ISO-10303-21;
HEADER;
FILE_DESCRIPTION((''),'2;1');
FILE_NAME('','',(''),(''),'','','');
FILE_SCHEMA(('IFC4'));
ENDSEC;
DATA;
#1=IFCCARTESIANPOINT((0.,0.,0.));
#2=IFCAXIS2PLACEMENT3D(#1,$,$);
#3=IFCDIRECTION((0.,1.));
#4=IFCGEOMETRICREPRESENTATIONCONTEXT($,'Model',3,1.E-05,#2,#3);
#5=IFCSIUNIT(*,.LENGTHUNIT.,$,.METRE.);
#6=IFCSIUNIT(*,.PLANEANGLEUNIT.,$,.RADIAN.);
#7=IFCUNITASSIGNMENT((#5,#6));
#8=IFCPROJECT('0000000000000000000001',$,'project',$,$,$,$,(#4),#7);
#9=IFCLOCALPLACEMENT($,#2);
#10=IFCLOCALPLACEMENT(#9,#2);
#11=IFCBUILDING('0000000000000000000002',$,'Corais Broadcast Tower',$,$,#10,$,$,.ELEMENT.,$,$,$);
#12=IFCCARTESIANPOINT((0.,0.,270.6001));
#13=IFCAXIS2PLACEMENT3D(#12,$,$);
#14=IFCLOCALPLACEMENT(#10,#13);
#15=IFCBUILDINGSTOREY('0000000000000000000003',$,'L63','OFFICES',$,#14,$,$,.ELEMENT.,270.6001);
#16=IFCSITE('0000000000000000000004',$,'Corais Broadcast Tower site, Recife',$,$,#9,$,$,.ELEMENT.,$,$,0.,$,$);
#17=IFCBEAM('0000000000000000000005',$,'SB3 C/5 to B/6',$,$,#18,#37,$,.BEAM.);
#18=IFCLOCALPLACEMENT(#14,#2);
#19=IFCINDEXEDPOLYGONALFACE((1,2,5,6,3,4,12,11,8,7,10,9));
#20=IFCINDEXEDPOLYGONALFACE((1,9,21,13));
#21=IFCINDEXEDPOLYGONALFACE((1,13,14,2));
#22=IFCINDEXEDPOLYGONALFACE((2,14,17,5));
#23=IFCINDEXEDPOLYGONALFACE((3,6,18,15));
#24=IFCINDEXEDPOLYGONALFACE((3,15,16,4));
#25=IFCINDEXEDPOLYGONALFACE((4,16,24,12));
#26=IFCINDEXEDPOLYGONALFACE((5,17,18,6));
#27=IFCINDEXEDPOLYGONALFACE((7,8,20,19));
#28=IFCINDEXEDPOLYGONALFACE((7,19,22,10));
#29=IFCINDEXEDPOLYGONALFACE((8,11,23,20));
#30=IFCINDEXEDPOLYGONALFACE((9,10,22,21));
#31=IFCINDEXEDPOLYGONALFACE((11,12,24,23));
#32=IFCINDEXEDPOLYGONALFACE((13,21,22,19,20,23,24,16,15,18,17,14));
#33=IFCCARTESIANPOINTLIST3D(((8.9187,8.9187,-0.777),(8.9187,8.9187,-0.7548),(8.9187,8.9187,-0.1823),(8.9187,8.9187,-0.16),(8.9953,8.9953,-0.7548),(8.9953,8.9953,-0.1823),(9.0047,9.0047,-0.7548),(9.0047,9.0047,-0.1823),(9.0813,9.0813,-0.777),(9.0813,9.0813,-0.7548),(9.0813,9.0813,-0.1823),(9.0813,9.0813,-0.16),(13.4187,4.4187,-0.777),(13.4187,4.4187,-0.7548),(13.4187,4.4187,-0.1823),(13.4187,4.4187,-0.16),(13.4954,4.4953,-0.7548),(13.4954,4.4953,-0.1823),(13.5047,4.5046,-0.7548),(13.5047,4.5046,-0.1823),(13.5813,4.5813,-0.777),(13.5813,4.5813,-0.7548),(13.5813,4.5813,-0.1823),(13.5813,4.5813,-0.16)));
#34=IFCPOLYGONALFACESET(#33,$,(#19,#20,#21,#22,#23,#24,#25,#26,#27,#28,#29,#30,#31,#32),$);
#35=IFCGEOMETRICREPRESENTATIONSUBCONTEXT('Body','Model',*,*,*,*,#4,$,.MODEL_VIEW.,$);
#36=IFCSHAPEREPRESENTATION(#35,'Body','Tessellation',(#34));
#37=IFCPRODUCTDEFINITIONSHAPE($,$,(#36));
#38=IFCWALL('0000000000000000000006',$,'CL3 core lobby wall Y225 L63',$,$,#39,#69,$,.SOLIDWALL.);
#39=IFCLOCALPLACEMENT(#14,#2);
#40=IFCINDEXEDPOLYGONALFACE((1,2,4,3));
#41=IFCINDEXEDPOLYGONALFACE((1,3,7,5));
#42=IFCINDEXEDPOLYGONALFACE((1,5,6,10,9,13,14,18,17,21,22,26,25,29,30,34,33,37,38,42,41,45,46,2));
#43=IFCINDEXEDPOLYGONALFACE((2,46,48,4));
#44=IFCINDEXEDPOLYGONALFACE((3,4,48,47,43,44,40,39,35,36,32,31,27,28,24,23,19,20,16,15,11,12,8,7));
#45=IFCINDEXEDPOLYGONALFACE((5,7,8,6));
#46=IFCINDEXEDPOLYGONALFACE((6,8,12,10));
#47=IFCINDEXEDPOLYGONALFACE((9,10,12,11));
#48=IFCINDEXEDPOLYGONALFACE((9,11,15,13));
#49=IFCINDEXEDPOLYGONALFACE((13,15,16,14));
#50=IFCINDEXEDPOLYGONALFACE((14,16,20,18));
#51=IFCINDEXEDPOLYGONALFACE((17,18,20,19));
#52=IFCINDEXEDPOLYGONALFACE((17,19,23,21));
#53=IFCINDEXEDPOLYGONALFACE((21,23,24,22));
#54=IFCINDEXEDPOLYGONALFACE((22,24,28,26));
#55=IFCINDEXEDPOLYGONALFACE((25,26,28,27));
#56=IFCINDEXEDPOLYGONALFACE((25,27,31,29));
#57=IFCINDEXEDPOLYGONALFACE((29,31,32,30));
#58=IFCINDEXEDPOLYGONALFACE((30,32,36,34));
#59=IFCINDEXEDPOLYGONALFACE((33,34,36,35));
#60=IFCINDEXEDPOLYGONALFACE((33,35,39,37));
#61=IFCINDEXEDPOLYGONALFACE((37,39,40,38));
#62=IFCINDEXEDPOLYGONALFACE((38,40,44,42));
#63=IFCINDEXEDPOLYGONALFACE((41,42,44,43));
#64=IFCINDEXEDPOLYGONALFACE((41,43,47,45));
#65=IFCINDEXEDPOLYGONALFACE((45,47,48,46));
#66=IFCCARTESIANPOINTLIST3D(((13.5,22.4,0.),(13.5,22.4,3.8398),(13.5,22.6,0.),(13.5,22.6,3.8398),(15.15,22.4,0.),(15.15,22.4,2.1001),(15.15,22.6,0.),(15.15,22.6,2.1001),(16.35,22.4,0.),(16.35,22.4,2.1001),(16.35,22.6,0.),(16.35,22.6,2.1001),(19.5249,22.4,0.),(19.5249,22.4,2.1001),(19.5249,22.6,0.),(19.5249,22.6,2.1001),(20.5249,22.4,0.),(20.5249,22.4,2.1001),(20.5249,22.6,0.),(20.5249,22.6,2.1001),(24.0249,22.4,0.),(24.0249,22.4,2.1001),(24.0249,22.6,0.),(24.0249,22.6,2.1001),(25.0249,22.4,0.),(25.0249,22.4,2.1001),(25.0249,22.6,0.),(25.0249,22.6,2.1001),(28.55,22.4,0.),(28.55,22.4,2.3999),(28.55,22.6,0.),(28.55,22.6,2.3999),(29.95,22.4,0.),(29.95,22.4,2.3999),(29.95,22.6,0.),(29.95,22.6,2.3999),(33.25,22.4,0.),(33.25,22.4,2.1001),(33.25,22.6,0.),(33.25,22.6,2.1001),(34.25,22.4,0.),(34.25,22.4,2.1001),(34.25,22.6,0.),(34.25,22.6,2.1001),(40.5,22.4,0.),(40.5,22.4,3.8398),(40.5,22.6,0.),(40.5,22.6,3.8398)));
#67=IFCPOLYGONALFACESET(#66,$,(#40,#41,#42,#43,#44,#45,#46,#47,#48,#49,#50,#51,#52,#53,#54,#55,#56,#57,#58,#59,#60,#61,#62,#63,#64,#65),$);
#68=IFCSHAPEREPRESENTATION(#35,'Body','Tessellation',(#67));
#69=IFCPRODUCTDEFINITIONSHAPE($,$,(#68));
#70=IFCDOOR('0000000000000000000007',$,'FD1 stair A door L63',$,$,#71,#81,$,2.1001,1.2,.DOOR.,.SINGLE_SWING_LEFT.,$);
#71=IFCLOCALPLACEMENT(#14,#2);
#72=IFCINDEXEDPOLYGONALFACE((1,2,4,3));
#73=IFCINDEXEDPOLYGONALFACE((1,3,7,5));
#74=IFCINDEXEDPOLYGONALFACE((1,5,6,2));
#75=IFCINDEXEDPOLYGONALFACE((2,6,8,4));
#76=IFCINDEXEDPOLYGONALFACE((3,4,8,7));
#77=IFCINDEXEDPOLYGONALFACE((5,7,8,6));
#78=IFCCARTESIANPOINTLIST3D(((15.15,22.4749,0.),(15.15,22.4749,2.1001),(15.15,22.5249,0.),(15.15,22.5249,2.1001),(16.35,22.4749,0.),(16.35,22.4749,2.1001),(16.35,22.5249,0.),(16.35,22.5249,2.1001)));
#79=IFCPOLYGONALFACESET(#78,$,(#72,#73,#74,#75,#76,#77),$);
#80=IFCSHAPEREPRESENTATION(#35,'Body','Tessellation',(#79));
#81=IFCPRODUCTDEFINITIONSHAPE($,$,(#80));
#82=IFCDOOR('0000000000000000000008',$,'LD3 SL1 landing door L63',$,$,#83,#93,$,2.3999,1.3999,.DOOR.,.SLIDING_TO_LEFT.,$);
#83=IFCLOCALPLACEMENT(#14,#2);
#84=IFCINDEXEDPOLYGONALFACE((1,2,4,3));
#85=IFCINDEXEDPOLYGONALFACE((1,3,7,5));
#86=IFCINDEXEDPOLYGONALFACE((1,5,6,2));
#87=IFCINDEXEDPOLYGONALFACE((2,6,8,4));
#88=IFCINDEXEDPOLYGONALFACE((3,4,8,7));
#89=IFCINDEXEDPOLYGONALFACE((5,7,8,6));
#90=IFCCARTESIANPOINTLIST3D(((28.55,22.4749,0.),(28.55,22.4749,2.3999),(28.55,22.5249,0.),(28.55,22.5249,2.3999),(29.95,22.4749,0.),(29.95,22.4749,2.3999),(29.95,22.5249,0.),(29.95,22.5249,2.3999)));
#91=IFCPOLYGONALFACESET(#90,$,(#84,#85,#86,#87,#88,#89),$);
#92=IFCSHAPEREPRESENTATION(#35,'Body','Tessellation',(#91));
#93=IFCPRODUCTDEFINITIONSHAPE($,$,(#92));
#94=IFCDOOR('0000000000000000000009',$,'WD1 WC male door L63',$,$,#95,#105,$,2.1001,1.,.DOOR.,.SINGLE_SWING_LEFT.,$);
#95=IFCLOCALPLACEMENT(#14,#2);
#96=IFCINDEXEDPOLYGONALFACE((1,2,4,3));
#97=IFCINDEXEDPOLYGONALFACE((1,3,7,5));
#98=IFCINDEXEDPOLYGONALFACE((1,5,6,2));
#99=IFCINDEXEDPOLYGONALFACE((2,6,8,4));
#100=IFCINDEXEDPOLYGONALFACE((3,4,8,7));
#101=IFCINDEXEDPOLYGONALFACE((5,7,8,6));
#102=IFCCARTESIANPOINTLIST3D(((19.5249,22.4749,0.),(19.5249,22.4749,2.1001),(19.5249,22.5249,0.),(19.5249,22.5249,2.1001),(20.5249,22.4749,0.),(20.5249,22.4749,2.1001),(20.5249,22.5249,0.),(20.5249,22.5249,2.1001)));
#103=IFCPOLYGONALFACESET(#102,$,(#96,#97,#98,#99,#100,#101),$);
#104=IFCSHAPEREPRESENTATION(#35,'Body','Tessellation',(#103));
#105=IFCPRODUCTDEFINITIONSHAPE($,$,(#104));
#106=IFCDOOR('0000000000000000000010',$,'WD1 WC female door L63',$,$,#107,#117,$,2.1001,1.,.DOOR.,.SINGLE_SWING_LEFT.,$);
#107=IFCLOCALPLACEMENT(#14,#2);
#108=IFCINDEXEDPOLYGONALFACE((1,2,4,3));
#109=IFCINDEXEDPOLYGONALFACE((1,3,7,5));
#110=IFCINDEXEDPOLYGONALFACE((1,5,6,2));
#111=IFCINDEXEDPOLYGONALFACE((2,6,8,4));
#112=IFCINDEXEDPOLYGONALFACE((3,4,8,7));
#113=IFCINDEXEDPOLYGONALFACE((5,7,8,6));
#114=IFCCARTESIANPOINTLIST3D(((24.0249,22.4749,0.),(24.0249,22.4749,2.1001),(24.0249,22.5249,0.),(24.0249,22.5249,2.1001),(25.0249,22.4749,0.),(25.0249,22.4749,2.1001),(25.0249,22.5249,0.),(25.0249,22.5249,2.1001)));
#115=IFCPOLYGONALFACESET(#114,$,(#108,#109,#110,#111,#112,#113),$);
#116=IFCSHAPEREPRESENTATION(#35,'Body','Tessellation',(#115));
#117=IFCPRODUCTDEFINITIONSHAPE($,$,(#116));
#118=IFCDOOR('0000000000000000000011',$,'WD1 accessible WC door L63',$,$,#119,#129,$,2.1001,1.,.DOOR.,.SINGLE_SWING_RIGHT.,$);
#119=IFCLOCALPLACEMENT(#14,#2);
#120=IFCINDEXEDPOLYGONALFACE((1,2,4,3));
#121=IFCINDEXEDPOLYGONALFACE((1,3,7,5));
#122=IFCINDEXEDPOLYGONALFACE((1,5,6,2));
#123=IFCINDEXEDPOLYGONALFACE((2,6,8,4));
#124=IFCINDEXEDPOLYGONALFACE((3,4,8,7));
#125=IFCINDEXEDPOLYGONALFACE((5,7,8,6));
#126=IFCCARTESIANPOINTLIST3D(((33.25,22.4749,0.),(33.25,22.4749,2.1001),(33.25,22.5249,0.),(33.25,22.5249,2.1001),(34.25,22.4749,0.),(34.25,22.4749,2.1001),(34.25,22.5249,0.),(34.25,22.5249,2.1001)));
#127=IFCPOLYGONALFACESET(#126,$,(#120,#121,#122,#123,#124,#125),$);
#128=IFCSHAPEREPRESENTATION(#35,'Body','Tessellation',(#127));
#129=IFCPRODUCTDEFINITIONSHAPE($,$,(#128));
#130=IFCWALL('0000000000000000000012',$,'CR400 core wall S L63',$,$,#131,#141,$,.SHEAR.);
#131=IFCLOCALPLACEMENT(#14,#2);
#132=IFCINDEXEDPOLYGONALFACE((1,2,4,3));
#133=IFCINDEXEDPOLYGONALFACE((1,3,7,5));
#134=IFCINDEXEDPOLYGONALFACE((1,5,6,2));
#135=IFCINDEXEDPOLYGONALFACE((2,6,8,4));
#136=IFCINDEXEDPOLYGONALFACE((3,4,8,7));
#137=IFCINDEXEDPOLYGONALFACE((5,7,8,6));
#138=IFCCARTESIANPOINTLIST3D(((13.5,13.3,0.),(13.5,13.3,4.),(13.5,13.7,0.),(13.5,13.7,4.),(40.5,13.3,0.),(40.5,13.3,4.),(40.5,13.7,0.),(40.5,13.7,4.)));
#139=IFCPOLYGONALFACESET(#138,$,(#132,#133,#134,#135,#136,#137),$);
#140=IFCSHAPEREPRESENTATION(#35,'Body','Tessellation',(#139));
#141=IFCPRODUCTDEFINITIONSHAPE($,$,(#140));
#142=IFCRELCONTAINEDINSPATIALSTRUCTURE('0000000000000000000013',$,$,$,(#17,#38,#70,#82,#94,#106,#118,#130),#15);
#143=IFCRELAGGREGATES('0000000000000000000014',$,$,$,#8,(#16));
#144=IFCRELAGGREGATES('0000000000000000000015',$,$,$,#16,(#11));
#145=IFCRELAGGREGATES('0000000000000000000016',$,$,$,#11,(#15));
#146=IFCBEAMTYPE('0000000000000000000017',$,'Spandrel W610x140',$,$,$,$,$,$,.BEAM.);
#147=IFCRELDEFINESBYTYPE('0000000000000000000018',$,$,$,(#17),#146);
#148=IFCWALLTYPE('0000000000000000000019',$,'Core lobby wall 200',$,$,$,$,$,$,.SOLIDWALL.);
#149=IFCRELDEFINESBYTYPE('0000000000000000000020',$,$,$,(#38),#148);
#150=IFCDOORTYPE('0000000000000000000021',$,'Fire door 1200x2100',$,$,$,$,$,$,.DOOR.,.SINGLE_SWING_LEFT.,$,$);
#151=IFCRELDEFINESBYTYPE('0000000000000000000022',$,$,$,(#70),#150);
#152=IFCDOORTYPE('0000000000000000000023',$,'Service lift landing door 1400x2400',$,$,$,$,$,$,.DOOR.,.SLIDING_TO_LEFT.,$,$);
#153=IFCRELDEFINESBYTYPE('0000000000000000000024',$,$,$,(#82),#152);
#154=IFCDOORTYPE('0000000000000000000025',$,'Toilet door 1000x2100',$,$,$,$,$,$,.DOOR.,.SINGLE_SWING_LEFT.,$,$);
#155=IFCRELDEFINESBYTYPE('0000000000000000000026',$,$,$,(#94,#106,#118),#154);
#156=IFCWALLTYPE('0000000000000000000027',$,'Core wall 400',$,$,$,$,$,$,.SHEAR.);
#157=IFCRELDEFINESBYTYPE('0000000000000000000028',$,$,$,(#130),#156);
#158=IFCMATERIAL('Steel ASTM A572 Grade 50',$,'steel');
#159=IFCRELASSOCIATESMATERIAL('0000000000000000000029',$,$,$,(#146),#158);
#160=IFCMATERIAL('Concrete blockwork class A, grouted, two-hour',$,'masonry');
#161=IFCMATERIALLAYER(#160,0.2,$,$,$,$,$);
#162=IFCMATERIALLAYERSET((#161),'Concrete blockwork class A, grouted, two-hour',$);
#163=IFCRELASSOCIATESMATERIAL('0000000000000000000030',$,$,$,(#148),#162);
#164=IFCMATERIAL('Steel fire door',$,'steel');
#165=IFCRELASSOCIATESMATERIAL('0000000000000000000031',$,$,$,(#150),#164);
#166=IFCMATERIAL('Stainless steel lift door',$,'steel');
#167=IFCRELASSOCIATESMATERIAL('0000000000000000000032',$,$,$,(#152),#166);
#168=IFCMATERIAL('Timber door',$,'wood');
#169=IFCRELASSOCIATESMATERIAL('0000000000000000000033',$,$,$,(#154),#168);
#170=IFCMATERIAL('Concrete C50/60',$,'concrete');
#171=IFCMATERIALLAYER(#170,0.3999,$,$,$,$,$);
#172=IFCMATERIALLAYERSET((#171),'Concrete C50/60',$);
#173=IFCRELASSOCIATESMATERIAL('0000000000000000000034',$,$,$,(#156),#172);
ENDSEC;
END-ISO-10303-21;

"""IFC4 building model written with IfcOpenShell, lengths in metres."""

from ifc_helpers import new_model, si_unit, direction, frame, frame_2d, origin, origin_2d, place, context, subcontext, project, spatial, rectangle, i_section, extrude, material, layer, layer_set, material_profile, profile_set, type_object, element, fill, save


model = new_model("IFC4")

# Units and contexts
model_context = context("Model", 3, precision=1e-05, world=origin(), true_north=direction((0.0, 1.0)))
body_context = subcontext(model_context, "Body", "Model", "MODEL_VIEW")
ifc_project = project(units=[si_unit("LENGTHUNIT", "METRE"), si_unit("PLANEANGLEUNIT", "RADIAN")], contexts=[model_context])

# Site, building, storey
site_placement = place(None, origin())
site = spatial("IfcSite", under=ifc_project, at=site_placement, Name="Corais Broadcast Tower site, Recife", CompositionType="ELEMENT", RefElevation=0.0)
building_placement = place(site_placement, origin())
building = spatial("IfcBuilding", under=site, at=building_placement, Name="Corais Broadcast Tower", CompositionType="ELEMENT")
storey_placement = place(building_placement, frame((0.0, 0.0, 270.6001)))
storey = spatial("IfcBuildingStorey", under=building, at=storey_placement, Name="L63", Description="OFFICES", CompositionType="ELEMENT", Elevation=270.6001)

# Beam
ifc_material_1 = material(Name="Steel ASTM A572 Grade 50", Category="steel")
ifc_material_profile = material_profile(ifc_material_1, i_section(OverallWidth=0.23, OverallDepth=0.6169, WebThickness=0.0132, FlangeThickness=0.0222, at=origin_2d()), Name="W610x140")
ifc_profile_set = profile_set([ifc_material_profile], Name="Steel ASTM A572 Grade 50")
beam_type = type_object("IfcBeamType", Name="Spandrel W610x140", PredefinedType="BEAM", material=ifc_profile_set)
beam_placement = place(storey_placement, frame((9.0, 9.0, -0.4685), z_axis=(0.707107, -0.707107, 0.0), x_axis=(0.707107, 0.707107, 0.0)))
element("IfcBeam", 1, at=beam_placement, inside=storey, type_object=beam_type, Name="SB3 C/5 to B/6", PredefinedType="BEAM", context=body_context, shape_type="SweptSolid", body=[
    extrude(i_section(OverallWidth=0.23, OverallDepth=0.6169, WebThickness=0.0132, FlangeThickness=0.0222, at=origin_2d()), origin(), (0.0, 0.0, 1.0), 6.364),
])

# Wall, openings, doors
ifc_material_2 = material(Name="Concrete blockwork class A, grouted, two-hour", Category="masonry")
ifc_layer_1 = layer(ifc_material_2, 0.2)
ifc_layer_set_1 = layer_set([ifc_layer_1], Name="Concrete blockwork class A, grouted, two-hour")
wall_type_1 = type_object("IfcWallType", Name="Core lobby wall 200", PredefinedType="SOLIDWALL", material=ifc_layer_set_1)
wall_1_placement = place(storey_placement, frame((13.5, 22.5, 0.0), z_axis=(0.0, 0.0, 1.0), x_axis=(1.0, 0.0, 0.0)))
wall_1 = element("IfcWall", 2, at=wall_1_placement, inside=storey, type_object=wall_type_1, Name="CL3 core lobby wall Y225 L63", PredefinedType="SOLIDWALL", context=body_context, shape_type="SweptSolid", body=[
    extrude(rectangle(XDim=27.0, YDim=0.2, at=frame_2d((13.5, 0.0))), origin(), (0.0, 0.0, 1.0), 3.8398),
])
opening_1_placement = place(wall_1_placement, frame((1.6499, 0.0, 0.0)))
opening_1 = element("IfcOpeningElement", 3, at=opening_1_placement, cuts=wall_1, PredefinedType="OPENING", context=body_context, shape_type="SweptSolid", body=[
    extrude(rectangle(XDim=1.2, YDim=2.1001, at=frame_2d((0.6001, 1.05))), frame((0.0, 0.1099, 0.0), z_axis=(0.0, -1.0, 0.0), x_axis=(1.0, 0.0, 0.0)), (0.0, 0.0, 1.0), 0.22),
])
opening_2_placement = place(wall_1_placement, frame((6.0249, 0.0, 0.0)))
opening_2 = element("IfcOpeningElement", 4, at=opening_2_placement, cuts=wall_1, PredefinedType="OPENING", context=body_context, shape_type="SweptSolid", body=[
    extrude(rectangle(XDim=1.0, YDim=2.1001, at=frame_2d((0.5, 1.05))), frame((0.0, 0.1099, 0.0), z_axis=(0.0, -1.0, 0.0), x_axis=(1.0, 0.0, 0.0)), (0.0, 0.0, 1.0), 0.22),
])
opening_3_placement = place(wall_1_placement, frame((10.5249, 0.0, 0.0)))
opening_3 = element("IfcOpeningElement", 5, at=opening_3_placement, cuts=wall_1, PredefinedType="OPENING", context=body_context, shape_type="SweptSolid", body=[
    extrude(rectangle(XDim=1.0, YDim=2.1001, at=frame_2d((0.5, 1.05))), frame((0.0, 0.1099, 0.0), z_axis=(0.0, -1.0, 0.0), x_axis=(1.0, 0.0, 0.0)), (0.0, 0.0, 1.0), 0.22),
])
opening_4_placement = place(wall_1_placement, frame((19.75, 0.0, 0.0)))
opening_4 = element("IfcOpeningElement", 6, at=opening_4_placement, cuts=wall_1, PredefinedType="OPENING", context=body_context, shape_type="SweptSolid", body=[
    extrude(rectangle(XDim=1.0, YDim=2.1001, at=frame_2d((0.5, 1.05))), frame((0.0, 0.1099, 0.0), z_axis=(0.0, -1.0, 0.0), x_axis=(1.0, 0.0, 0.0)), (0.0, 0.0, 1.0), 0.22),
])
opening_5_placement = place(wall_1_placement, frame((15.05, 0.0, 0.0)))
opening_5 = element("IfcOpeningElement", 7, at=opening_5_placement, cuts=wall_1, PredefinedType="OPENING", context=body_context, shape_type="SweptSolid", body=[
    extrude(rectangle(XDim=1.3999, YDim=2.3999, at=frame_2d((0.7, 1.2))), frame((0.0, 0.1099, 0.0), z_axis=(0.0, -1.0, 0.0), x_axis=(1.0, 0.0, 0.0)), (0.0, 0.0, 1.0), 0.22),
])
ifc_material_3 = material(Name="Steel fire door", Category="steel")
door_type_1 = type_object("IfcDoorType", Name="Fire door 1200x2100", OperationType="SINGLE_SWING_LEFT", PredefinedType="DOOR", material=ifc_material_3)
door_1_placement = place(opening_1_placement, origin())
door_1 = element("IfcDoor", 8, at=door_1_placement, inside=storey, type_object=door_type_1, Name="FD1 stair A door L63", OperationType="SINGLE_SWING_LEFT", OverallHeight=2.1001, OverallWidth=1.2, PredefinedType="DOOR", context=body_context, shape_type="SweptSolid", body=[
    extrude(rectangle(XDim=1.2, YDim=2.1001, at=frame_2d((0.6001, 1.05))), frame((0.0, 0.0249, 0.0), z_axis=(0.0, -1.0, 0.0), x_axis=(1.0, 0.0, 0.0)), (0.0, 0.0, 1.0), 0.05),
])
fill(opening_1, door_1)
ifc_material_4 = material(Name="Stainless steel lift door", Category="steel")
door_type_2 = type_object("IfcDoorType", Name="Service lift landing door 1400x2400", OperationType="SLIDING_TO_LEFT", PredefinedType="DOOR", material=ifc_material_4)
door_2_placement = place(opening_5_placement, origin())
door_2 = element("IfcDoor", 9, at=door_2_placement, inside=storey, type_object=door_type_2, Name="LD3 SL1 landing door L63", OperationType="SLIDING_TO_LEFT", OverallHeight=2.3999, OverallWidth=1.3999, PredefinedType="DOOR", context=body_context, shape_type="SweptSolid", body=[
    extrude(rectangle(XDim=1.3999, YDim=2.3999, at=frame_2d((0.7, 1.2))), frame((0.0, 0.0249, 0.0), z_axis=(0.0, -1.0, 0.0), x_axis=(1.0, 0.0, 0.0)), (0.0, 0.0, 1.0), 0.05),
])
fill(opening_5, door_2)
ifc_material_5 = material(Name="Timber door", Category="wood")
door_type_3 = type_object("IfcDoorType", Name="Toilet door 1000x2100", OperationType="SINGLE_SWING_LEFT", PredefinedType="DOOR", material=ifc_material_5)
door_3_placement = place(opening_2_placement, origin())
door_3 = element("IfcDoor", 10, at=door_3_placement, inside=storey, type_object=door_type_3, Name="WD1 WC male door L63", OperationType="SINGLE_SWING_LEFT", OverallHeight=2.1001, OverallWidth=1.0, PredefinedType="DOOR", context=body_context, shape_type="SweptSolid", body=[
    extrude(rectangle(XDim=1.0, YDim=2.1001, at=frame_2d((0.5, 1.05))), frame((0.0, 0.0249, 0.0), z_axis=(0.0, -1.0, 0.0), x_axis=(1.0, 0.0, 0.0)), (0.0, 0.0, 1.0), 0.05),
])
fill(opening_2, door_3)
door_4_placement = place(opening_3_placement, origin())
door_4 = element("IfcDoor", 11, at=door_4_placement, inside=storey, type_object=door_type_3, Name="WD1 WC female door L63", OperationType="SINGLE_SWING_LEFT", OverallHeight=2.1001, OverallWidth=1.0, PredefinedType="DOOR", context=body_context, shape_type="SweptSolid", body=[
    extrude(rectangle(XDim=1.0, YDim=2.1001, at=frame_2d((0.5, 1.05))), frame((0.0, 0.0249, 0.0), z_axis=(0.0, -1.0, 0.0), x_axis=(1.0, 0.0, 0.0)), (0.0, 0.0, 1.0), 0.05),
])
fill(opening_3, door_4)
door_5_placement = place(opening_4_placement, origin())
door_5 = element("IfcDoor", 12, at=door_5_placement, inside=storey, type_object=door_type_3, Name="WD1 accessible WC door L63", OperationType="SINGLE_SWING_RIGHT", OverallHeight=2.1001, OverallWidth=1.0, PredefinedType="DOOR", context=body_context, shape_type="SweptSolid", body=[
    extrude(rectangle(XDim=1.0, YDim=2.1001, at=frame_2d((0.5, 1.05))), frame((0.0, 0.0249, 0.0), z_axis=(0.0, -1.0, 0.0), x_axis=(1.0, 0.0, 0.0)), (0.0, 0.0, 1.0), 0.05),
])
fill(opening_4, door_5)

# Wall
ifc_material_6 = material(Name="Concrete C50/60", Category="concrete")
ifc_layer_2 = layer(ifc_material_6, 0.3999)
ifc_layer_set_2 = layer_set([ifc_layer_2], Name="Concrete C50/60")
wall_type_2 = type_object("IfcWallType", Name="Core wall 400", PredefinedType="SHEAR", material=ifc_layer_set_2)
wall_2_placement = place(storey_placement, frame((13.5, 13.5, 0.0), z_axis=(0.0, 0.0, 1.0), x_axis=(1.0, 0.0, 0.0)))
element("IfcWall", 13, at=wall_2_placement, inside=storey, type_object=wall_type_2, Name="CR400 core wall S L63", PredefinedType="SHEAR", context=body_context, shape_type="SweptSolid", body=[
    extrude(rectangle(XDim=27.0, YDim=0.3999, at=frame_2d((13.5, 0.0))), origin(), (0.0, 0.0, 1.0), 4.0),
])

save(model, "model.ifc")
